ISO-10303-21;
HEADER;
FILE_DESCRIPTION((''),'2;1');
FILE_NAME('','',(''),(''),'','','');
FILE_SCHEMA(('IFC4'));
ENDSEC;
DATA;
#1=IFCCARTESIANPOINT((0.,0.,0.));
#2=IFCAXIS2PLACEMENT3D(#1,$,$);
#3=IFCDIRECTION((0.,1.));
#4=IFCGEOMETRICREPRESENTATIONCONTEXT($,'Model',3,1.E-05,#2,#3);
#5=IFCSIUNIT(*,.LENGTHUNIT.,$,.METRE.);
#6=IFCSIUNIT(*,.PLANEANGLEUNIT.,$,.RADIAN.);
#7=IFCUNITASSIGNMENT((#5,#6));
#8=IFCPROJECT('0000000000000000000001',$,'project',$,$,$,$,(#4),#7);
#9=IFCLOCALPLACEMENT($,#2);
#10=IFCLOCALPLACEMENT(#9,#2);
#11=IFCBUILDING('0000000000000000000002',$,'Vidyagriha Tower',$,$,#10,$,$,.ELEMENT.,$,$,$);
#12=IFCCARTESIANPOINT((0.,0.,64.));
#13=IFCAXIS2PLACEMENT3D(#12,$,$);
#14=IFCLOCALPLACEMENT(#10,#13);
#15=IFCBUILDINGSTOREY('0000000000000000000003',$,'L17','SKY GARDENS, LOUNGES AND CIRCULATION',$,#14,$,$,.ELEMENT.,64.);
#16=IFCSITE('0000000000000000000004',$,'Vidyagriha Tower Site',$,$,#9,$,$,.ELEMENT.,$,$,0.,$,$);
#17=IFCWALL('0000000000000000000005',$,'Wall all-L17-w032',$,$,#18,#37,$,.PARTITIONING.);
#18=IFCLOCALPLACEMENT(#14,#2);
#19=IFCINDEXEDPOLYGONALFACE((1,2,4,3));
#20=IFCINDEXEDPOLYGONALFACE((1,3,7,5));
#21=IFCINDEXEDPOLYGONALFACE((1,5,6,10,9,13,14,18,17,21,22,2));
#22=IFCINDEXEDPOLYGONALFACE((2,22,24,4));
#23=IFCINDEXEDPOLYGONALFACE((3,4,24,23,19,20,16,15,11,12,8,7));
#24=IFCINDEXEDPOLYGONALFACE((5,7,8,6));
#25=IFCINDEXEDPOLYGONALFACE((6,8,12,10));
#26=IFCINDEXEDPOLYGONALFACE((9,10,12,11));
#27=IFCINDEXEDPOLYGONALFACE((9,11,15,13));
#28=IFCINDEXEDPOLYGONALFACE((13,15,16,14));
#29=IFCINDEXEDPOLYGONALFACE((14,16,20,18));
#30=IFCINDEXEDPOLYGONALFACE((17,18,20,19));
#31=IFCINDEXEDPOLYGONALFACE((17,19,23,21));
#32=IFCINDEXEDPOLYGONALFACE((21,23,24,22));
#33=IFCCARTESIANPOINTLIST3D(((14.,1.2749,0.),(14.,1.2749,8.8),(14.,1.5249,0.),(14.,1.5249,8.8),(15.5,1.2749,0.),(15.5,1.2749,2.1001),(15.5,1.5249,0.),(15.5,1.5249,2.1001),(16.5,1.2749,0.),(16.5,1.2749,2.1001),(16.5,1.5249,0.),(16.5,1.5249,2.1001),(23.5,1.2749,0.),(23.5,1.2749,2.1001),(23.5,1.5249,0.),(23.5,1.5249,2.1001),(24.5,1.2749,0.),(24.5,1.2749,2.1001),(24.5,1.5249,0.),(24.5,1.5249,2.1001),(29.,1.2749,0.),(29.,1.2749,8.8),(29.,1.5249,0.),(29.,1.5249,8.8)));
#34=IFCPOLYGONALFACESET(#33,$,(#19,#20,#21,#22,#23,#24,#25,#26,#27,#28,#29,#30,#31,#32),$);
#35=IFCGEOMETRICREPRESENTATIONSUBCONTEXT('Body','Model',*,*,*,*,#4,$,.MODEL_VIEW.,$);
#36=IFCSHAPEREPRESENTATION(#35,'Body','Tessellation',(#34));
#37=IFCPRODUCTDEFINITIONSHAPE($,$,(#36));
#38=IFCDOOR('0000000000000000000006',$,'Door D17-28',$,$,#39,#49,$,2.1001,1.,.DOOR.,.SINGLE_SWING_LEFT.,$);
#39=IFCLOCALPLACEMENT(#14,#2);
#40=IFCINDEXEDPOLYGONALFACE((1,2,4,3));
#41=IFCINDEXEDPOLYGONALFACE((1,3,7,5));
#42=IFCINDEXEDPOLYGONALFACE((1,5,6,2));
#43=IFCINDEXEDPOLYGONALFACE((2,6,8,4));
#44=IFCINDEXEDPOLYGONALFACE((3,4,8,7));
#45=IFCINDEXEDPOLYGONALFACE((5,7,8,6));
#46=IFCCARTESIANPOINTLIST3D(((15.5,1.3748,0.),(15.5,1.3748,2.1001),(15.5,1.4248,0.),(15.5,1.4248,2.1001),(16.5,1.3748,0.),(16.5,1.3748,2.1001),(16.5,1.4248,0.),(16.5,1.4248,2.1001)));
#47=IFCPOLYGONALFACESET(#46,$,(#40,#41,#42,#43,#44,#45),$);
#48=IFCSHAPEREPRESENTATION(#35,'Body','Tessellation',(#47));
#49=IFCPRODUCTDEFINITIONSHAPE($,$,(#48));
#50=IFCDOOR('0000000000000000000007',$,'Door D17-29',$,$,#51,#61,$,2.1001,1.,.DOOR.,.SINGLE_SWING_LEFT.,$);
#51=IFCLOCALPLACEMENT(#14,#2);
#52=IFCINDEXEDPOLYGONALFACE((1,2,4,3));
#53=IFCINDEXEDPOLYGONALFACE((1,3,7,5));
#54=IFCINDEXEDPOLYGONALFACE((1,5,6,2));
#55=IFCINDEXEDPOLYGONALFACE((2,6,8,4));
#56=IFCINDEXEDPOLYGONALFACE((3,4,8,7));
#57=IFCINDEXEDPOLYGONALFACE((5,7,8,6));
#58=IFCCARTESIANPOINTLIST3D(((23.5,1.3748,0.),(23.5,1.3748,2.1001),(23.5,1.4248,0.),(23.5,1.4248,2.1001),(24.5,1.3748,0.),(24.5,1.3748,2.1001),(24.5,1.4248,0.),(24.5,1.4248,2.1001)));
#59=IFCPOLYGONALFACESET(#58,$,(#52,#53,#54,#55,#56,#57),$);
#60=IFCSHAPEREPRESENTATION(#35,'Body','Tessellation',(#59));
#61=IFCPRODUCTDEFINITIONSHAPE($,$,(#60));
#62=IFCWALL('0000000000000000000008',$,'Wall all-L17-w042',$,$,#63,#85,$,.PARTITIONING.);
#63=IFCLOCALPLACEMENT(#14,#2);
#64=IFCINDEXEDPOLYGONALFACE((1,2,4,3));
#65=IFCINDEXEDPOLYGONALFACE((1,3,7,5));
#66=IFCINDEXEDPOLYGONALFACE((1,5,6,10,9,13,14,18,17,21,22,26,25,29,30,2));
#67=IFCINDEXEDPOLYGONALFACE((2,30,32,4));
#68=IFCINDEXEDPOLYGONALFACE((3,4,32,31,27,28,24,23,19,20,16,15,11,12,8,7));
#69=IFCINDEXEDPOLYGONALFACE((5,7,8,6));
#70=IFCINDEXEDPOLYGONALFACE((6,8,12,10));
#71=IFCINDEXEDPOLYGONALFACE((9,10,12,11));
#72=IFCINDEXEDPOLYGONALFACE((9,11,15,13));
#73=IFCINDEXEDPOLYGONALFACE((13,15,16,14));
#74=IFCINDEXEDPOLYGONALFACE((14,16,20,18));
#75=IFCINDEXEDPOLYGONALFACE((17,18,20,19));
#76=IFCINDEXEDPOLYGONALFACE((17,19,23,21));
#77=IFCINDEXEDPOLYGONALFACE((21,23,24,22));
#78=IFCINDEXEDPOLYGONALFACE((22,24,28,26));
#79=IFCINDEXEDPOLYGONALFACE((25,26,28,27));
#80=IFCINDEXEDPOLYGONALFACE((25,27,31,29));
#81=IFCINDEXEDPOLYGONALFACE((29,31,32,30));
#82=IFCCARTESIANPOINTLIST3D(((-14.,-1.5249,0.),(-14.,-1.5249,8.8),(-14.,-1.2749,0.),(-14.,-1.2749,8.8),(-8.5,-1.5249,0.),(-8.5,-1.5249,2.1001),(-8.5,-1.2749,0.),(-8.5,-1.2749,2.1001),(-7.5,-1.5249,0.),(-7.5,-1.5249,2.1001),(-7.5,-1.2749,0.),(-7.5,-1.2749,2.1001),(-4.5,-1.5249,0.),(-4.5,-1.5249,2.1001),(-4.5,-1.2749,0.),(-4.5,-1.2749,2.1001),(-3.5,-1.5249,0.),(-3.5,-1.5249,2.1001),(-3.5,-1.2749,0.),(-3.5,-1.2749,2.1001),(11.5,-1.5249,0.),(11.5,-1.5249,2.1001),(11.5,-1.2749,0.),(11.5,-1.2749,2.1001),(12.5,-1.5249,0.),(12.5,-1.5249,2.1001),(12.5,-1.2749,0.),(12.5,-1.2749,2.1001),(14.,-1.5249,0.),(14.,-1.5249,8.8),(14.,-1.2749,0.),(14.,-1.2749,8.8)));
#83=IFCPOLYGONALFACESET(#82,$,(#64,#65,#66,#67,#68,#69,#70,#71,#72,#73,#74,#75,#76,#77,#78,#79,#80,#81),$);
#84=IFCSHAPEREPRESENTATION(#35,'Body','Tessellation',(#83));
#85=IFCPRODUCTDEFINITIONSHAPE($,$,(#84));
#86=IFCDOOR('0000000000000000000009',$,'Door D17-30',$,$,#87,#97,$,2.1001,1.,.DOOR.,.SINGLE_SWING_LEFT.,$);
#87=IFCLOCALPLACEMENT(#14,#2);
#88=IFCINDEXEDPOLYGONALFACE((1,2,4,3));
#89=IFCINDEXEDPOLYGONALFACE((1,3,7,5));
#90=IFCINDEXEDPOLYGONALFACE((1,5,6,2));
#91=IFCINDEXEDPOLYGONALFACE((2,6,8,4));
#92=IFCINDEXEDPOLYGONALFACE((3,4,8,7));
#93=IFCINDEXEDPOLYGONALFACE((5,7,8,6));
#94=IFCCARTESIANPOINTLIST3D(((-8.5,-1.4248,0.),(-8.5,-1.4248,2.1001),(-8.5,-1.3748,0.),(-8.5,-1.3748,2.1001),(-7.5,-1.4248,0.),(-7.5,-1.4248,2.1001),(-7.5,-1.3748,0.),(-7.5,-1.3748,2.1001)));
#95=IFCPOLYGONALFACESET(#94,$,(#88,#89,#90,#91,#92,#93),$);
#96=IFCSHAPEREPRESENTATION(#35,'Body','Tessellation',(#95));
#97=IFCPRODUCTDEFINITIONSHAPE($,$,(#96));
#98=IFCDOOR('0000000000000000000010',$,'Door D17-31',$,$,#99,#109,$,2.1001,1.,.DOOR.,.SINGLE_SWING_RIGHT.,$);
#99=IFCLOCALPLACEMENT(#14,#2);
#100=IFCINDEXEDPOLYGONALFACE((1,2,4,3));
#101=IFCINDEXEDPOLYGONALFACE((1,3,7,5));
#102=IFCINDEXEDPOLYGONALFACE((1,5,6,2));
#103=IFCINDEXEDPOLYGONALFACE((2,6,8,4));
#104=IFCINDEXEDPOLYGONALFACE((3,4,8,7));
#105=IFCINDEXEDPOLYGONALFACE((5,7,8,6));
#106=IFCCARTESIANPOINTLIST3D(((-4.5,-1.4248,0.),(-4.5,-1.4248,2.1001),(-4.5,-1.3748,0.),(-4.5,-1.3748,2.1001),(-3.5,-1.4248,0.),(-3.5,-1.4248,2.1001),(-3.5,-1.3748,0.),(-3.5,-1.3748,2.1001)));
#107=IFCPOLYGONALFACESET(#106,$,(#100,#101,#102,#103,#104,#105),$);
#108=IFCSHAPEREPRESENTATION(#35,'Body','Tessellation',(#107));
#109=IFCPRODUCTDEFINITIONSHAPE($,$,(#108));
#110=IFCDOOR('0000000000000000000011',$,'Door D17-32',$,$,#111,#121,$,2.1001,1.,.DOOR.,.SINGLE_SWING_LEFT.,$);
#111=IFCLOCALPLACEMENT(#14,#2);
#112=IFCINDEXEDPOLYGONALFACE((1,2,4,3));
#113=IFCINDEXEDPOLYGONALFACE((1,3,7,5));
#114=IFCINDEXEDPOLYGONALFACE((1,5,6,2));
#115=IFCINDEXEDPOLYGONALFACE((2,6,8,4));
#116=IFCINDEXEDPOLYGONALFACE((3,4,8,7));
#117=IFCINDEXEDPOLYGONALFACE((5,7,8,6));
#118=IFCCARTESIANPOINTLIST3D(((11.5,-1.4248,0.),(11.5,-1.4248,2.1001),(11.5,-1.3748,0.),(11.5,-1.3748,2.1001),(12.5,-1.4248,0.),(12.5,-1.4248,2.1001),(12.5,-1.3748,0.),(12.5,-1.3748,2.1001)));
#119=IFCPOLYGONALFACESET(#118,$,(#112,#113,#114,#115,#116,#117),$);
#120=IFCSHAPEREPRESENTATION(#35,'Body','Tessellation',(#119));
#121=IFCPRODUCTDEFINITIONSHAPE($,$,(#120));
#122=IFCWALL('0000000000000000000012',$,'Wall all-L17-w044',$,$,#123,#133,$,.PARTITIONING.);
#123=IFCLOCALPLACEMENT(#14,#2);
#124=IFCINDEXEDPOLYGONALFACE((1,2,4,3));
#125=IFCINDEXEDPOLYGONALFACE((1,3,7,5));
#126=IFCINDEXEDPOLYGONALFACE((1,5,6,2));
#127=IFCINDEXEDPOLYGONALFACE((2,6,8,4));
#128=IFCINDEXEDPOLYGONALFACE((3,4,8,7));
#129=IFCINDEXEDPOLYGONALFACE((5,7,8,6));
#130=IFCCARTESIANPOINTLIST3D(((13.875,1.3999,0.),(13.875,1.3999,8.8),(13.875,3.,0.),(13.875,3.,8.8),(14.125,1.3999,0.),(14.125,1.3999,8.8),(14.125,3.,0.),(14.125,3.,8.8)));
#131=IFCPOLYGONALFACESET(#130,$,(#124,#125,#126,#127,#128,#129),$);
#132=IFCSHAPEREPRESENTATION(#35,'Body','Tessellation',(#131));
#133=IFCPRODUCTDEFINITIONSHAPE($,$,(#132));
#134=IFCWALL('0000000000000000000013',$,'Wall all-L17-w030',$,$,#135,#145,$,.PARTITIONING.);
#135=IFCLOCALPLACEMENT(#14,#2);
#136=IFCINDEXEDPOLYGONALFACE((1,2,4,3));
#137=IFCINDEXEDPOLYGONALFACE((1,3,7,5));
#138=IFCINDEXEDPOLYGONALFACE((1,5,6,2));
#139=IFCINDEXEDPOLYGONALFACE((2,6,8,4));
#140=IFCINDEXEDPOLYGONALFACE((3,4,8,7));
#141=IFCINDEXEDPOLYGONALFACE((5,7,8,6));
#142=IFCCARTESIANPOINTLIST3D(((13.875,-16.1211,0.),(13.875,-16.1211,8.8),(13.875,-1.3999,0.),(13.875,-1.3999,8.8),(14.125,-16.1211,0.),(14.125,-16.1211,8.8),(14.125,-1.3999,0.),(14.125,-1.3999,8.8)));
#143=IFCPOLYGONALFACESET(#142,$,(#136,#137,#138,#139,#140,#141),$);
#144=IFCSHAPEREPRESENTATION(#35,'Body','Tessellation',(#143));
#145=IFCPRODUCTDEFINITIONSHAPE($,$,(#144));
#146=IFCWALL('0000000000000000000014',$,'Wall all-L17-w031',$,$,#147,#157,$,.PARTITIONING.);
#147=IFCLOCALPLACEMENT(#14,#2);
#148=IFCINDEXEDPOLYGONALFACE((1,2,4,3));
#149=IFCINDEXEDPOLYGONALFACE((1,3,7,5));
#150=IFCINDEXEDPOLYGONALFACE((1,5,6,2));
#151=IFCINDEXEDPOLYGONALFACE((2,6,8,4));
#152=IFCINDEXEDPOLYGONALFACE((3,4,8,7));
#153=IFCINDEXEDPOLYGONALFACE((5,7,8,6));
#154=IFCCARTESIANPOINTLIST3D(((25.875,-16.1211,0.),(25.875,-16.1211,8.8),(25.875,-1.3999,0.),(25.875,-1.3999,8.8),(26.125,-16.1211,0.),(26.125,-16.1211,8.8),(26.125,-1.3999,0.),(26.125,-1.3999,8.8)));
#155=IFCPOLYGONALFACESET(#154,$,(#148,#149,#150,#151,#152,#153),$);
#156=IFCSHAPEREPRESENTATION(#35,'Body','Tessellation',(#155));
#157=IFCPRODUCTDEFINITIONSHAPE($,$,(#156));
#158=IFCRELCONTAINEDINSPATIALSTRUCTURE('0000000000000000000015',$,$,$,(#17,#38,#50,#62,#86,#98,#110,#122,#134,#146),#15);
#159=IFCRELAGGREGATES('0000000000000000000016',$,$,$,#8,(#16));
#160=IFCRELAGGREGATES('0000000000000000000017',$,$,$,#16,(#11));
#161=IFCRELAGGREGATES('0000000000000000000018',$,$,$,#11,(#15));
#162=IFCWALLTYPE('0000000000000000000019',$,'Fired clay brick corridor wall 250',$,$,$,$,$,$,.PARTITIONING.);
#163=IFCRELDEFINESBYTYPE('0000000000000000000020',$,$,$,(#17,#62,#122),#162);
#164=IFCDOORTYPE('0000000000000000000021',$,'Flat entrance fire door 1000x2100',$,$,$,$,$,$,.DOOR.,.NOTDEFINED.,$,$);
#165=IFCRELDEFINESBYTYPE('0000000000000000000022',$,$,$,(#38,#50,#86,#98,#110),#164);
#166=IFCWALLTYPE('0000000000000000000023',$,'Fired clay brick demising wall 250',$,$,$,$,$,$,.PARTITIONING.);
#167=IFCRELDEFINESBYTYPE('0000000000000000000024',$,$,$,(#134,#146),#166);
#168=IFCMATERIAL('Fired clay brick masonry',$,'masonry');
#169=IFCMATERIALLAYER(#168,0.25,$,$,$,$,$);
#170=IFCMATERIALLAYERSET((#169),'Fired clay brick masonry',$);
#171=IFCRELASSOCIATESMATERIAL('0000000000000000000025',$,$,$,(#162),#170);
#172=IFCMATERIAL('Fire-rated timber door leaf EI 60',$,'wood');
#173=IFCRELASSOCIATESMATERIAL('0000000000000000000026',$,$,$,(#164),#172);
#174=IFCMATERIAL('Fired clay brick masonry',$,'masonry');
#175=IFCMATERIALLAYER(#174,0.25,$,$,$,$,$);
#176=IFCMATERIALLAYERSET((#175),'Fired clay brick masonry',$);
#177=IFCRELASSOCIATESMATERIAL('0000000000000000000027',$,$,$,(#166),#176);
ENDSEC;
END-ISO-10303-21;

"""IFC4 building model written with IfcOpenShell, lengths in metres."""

from ifc_helpers import new_model, si_unit, direction, frame, frame_2d, origin, place, context, subcontext, project, spatial, rectangle, extrude, material, layer, layer_set, type_object, element, fill, save


model = new_model("IFC4")

# Units and contexts
model_context = context("Model", 3, precision=1e-05, world=origin(), true_north=direction((0.0, 1.0)))
body_context = subcontext(model_context, "Body", "Model", "MODEL_VIEW")
ifc_project = project(units=[si_unit("LENGTHUNIT", "METRE"), si_unit("PLANEANGLEUNIT", "RADIAN")], contexts=[model_context])

# Site, building, storey
site_placement = place(None, origin())
site = spatial("IfcSite", under=ifc_project, at=site_placement, Name="Vidyagriha Tower Site", CompositionType="ELEMENT", RefElevation=0.0)
building_placement = place(site_placement, origin())
building = spatial("IfcBuilding", under=site, at=building_placement, Name="Vidyagriha Tower", CompositionType="ELEMENT")
storey_placement = place(building_placement, frame((0.0, 0.0, 64.0)))
storey = spatial("IfcBuildingStorey", under=building, at=storey_placement, Name="L17", Description="SKY GARDENS, LOUNGES AND CIRCULATION", CompositionType="ELEMENT", Elevation=64.0)

# Walls, openings, doors
ifc_material_1 = material(Name="Fired clay brick masonry", Category="masonry")
ifc_layer_1 = layer(ifc_material_1, 0.25)
ifc_layer_set_1 = layer_set([ifc_layer_1], Name="Fired clay brick masonry")
wall_type_1 = type_object("IfcWallType", Name="Fired clay brick corridor wall 250", PredefinedType="PARTITIONING", material=ifc_layer_set_1)
ifc_material_2 = material(Name="Fire-rated timber door leaf EI 60", Category="wood")
door_type_1 = type_object("IfcDoorType", Name="Flat entrance fire door 1000x2100", OperationType="NOTDEFINED", PredefinedType="DOOR", material=ifc_material_2)
wall_1_placement = place(storey_placement, frame((14.0, 1.3999, 0.0)))
wall_1 = element("IfcWall", 1, at=wall_1_placement, inside=storey, type_object=wall_type_1, Name="Wall all-L17-w032", PredefinedType="PARTITIONING", context=body_context, shape_type="SweptSolid", body=[
    extrude(rectangle(XDim=15.0, YDim=0.25, at=frame_2d((7.5, 0.0))), origin(), (0.0, 0.0, 1.0), 8.8),
])
opening_1_placement = place(wall_1_placement, frame((1.5, 0.0, 0.0)))
opening_1 = element("IfcOpeningElement", 2, at=opening_1_placement, cuts=wall_1, PredefinedType="OPENING", context=body_context, shape_type="SweptSolid", body=[
    extrude(rectangle(XDim=1.0, YDim=2.1001, at=frame_2d((0.5, 1.05))), frame((0.0, 0.135, 0.0), z_axis=(0.0, -1.0, 0.0), x_axis=(1.0, 0.0, 0.0)), (0.0, 0.0, 1.0), 0.27),
])
opening_2_placement = place(wall_1_placement, frame((9.5, 0.0, 0.0)))
opening_2 = element("IfcOpeningElement", 3, at=opening_2_placement, cuts=wall_1, PredefinedType="OPENING", context=body_context, shape_type="SweptSolid", body=[
    extrude(rectangle(XDim=1.0, YDim=2.1001, at=frame_2d((0.5, 1.05))), frame((0.0, 0.135, 0.0), z_axis=(0.0, -1.0, 0.0), x_axis=(1.0, 0.0, 0.0)), (0.0, 0.0, 1.0), 0.27),
])
door_1_placement = place(opening_1_placement, origin())
door_1 = element("IfcDoor", 4, at=door_1_placement, inside=storey, type_object=door_type_1, Name="Door D17-28", OperationType="SINGLE_SWING_LEFT", OverallHeight=2.1001, OverallWidth=1.0, PredefinedType="DOOR", context=body_context, shape_type="SweptSolid", body=[
    extrude(rectangle(XDim=1.0, YDim=2.1001, at=frame_2d((0.5, 1.05))), frame((0.0, 0.0249, 0.0), z_axis=(0.0, -1.0, 0.0), x_axis=(1.0, 0.0, 0.0)), (0.0, 0.0, 1.0), 0.05),
])
fill(opening_1, door_1)
door_2_placement = place(opening_2_placement, origin())
door_2 = element("IfcDoor", 5, at=door_2_placement, inside=storey, type_object=door_type_1, Name="Door D17-29", OperationType="SINGLE_SWING_LEFT", OverallHeight=2.1001, OverallWidth=1.0, PredefinedType="DOOR", context=body_context, shape_type="SweptSolid", body=[
    extrude(rectangle(XDim=1.0, YDim=2.1001, at=frame_2d((0.5, 1.05))), frame((0.0, 0.0249, 0.0), z_axis=(0.0, -1.0, 0.0), x_axis=(1.0, 0.0, 0.0)), (0.0, 0.0, 1.0), 0.05),
])
fill(opening_2, door_2)
wall_2_placement = place(storey_placement, frame((14.0, -1.3999, 0.0), z_axis=(0.0, 0.0, 1.0), x_axis=(-1.0, 0.0, 0.0)))
wall_2 = element("IfcWall", 6, at=wall_2_placement, inside=storey, type_object=wall_type_1, Name="Wall all-L17-w042", PredefinedType="PARTITIONING", context=body_context, shape_type="SweptSolid", body=[
    extrude(rectangle(XDim=28.0, YDim=0.25, at=frame_2d((14.0, 0.0))), origin(), (0.0, 0.0, 1.0), 8.8),
])
opening_3_placement = place(wall_2_placement, frame((21.5, 0.0, 0.0)))
opening_3 = element("IfcOpeningElement", 7, at=opening_3_placement, cuts=wall_2, PredefinedType="OPENING", context=body_context, shape_type="SweptSolid", body=[
    extrude(rectangle(XDim=1.0, YDim=2.1001, at=frame_2d((0.5, 1.05))), frame((0.0, 0.135, 0.0), z_axis=(0.0, -1.0, 0.0), x_axis=(1.0, 0.0, 0.0)), (0.0, 0.0, 1.0), 0.27),
])
opening_4_placement = place(wall_2_placement, frame((17.5, 0.0, 0.0)))
opening_4 = element("IfcOpeningElement", 8, at=opening_4_placement, cuts=wall_2, PredefinedType="OPENING", context=body_context, shape_type="SweptSolid", body=[
    extrude(rectangle(XDim=1.0, YDim=2.1001, at=frame_2d((0.5, 1.05))), frame((0.0, 0.135, 0.0), z_axis=(0.0, -1.0, 0.0), x_axis=(1.0, 0.0, 0.0)), (0.0, 0.0, 1.0), 0.27),
])
opening_5_placement = place(wall_2_placement, frame((1.5, 0.0, 0.0)))
opening_5 = element("IfcOpeningElement", 9, at=opening_5_placement, cuts=wall_2, PredefinedType="OPENING", context=body_context, shape_type="SweptSolid", body=[
    extrude(rectangle(XDim=1.0, YDim=2.1001, at=frame_2d((0.5, 1.05))), frame((0.0, 0.135, 0.0), z_axis=(0.0, -1.0, 0.0), x_axis=(1.0, 0.0, 0.0)), (0.0, 0.0, 1.0), 0.27),
])
door_3_placement = place(opening_3_placement, origin())
door_3 = element("IfcDoor", 10, at=door_3_placement, inside=storey, type_object=door_type_1, Name="Door D17-30", OperationType="SINGLE_SWING_LEFT", OverallHeight=2.1001, OverallWidth=1.0, PredefinedType="DOOR", context=body_context, shape_type="SweptSolid", body=[
    extrude(rectangle(XDim=1.0, YDim=2.1001, at=frame_2d((0.5, 1.05))), frame((0.0, 0.0249, 0.0), z_axis=(0.0, -1.0, 0.0), x_axis=(1.0, 0.0, 0.0)), (0.0, 0.0, 1.0), 0.05),
])
fill(opening_3, door_3)
door_4_placement = place(opening_4_placement, origin())
door_4 = element("IfcDoor", 11, at=door_4_placement, inside=storey, type_object=door_type_1, Name="Door D17-31", OperationType="SINGLE_SWING_RIGHT", OverallHeight=2.1001, OverallWidth=1.0, PredefinedType="DOOR", context=body_context, shape_type="SweptSolid", body=[
    extrude(rectangle(XDim=1.0, YDim=2.1001, at=frame_2d((0.5, 1.05))), frame((0.0, 0.0249, 0.0), z_axis=(0.0, -1.0, 0.0), x_axis=(1.0, 0.0, 0.0)), (0.0, 0.0, 1.0), 0.05),
])
fill(opening_4, door_4)
door_5_placement = place(opening_5_placement, origin())
door_5 = element("IfcDoor", 12, at=door_5_placement, inside=storey, type_object=door_type_1, Name="Door D17-32", OperationType="SINGLE_SWING_LEFT", OverallHeight=2.1001, OverallWidth=1.0, PredefinedType="DOOR", context=body_context, shape_type="SweptSolid", body=[
    extrude(rectangle(XDim=1.0, YDim=2.1001, at=frame_2d((0.5, 1.05))), frame((0.0, 0.0249, 0.0), z_axis=(0.0, -1.0, 0.0), x_axis=(1.0, 0.0, 0.0)), (0.0, 0.0, 1.0), 0.05),
])
fill(opening_5, door_5)

# Walls
wall_3_placement = place(storey_placement, frame((14.0, 1.3999, 0.0), z_axis=(0.0, 0.0, 1.0), x_axis=(0.0, 1.0, 0.0)))
element("IfcWall", 13, at=wall_3_placement, inside=storey, type_object=wall_type_1, Name="Wall all-L17-w044", PredefinedType="PARTITIONING", context=body_context, shape_type="SweptSolid", body=[
    extrude(rectangle(XDim=1.6001, YDim=0.25, at=frame_2d((0.8, 0.0))), origin(), (0.0, 0.0, 1.0), 8.8),
])
ifc_material_3 = material(Name="Fired clay brick masonry", Category="masonry")
ifc_layer_2 = layer(ifc_material_3, 0.25)
ifc_layer_set_2 = layer_set([ifc_layer_2], Name="Fired clay brick masonry")
wall_type_2 = type_object("IfcWallType", Name="Fired clay brick demising wall 250", PredefinedType="PARTITIONING", material=ifc_layer_set_2)
for number, where, z_axis, x_axis, name in (
    (14, (14.0, -1.3999, 0.0), (0.0, 0.0, 1.0), (0.0, -1.0, 0.0), "Wall all-L17-w030"),
    (15, (26.0, -1.3999, 0.0), (0.0, 0.0, 1.0), (0.0, -1.0, 0.0), "Wall all-L17-w031"),
):
    element("IfcWall", number, at=place(storey_placement, frame(where, z_axis=z_axis, x_axis=x_axis)), inside=storey, type_object=wall_type_2, Name=name, PredefinedType="PARTITIONING", context=body_context, shape_type="SweptSolid", body=[
        extrude(rectangle(XDim=14.7212, YDim=0.25, at=frame_2d((7.3606, 0.0))), origin(), (0.0, 0.0, 1.0), 8.8),
    ])

save(model, "model.ifc")
